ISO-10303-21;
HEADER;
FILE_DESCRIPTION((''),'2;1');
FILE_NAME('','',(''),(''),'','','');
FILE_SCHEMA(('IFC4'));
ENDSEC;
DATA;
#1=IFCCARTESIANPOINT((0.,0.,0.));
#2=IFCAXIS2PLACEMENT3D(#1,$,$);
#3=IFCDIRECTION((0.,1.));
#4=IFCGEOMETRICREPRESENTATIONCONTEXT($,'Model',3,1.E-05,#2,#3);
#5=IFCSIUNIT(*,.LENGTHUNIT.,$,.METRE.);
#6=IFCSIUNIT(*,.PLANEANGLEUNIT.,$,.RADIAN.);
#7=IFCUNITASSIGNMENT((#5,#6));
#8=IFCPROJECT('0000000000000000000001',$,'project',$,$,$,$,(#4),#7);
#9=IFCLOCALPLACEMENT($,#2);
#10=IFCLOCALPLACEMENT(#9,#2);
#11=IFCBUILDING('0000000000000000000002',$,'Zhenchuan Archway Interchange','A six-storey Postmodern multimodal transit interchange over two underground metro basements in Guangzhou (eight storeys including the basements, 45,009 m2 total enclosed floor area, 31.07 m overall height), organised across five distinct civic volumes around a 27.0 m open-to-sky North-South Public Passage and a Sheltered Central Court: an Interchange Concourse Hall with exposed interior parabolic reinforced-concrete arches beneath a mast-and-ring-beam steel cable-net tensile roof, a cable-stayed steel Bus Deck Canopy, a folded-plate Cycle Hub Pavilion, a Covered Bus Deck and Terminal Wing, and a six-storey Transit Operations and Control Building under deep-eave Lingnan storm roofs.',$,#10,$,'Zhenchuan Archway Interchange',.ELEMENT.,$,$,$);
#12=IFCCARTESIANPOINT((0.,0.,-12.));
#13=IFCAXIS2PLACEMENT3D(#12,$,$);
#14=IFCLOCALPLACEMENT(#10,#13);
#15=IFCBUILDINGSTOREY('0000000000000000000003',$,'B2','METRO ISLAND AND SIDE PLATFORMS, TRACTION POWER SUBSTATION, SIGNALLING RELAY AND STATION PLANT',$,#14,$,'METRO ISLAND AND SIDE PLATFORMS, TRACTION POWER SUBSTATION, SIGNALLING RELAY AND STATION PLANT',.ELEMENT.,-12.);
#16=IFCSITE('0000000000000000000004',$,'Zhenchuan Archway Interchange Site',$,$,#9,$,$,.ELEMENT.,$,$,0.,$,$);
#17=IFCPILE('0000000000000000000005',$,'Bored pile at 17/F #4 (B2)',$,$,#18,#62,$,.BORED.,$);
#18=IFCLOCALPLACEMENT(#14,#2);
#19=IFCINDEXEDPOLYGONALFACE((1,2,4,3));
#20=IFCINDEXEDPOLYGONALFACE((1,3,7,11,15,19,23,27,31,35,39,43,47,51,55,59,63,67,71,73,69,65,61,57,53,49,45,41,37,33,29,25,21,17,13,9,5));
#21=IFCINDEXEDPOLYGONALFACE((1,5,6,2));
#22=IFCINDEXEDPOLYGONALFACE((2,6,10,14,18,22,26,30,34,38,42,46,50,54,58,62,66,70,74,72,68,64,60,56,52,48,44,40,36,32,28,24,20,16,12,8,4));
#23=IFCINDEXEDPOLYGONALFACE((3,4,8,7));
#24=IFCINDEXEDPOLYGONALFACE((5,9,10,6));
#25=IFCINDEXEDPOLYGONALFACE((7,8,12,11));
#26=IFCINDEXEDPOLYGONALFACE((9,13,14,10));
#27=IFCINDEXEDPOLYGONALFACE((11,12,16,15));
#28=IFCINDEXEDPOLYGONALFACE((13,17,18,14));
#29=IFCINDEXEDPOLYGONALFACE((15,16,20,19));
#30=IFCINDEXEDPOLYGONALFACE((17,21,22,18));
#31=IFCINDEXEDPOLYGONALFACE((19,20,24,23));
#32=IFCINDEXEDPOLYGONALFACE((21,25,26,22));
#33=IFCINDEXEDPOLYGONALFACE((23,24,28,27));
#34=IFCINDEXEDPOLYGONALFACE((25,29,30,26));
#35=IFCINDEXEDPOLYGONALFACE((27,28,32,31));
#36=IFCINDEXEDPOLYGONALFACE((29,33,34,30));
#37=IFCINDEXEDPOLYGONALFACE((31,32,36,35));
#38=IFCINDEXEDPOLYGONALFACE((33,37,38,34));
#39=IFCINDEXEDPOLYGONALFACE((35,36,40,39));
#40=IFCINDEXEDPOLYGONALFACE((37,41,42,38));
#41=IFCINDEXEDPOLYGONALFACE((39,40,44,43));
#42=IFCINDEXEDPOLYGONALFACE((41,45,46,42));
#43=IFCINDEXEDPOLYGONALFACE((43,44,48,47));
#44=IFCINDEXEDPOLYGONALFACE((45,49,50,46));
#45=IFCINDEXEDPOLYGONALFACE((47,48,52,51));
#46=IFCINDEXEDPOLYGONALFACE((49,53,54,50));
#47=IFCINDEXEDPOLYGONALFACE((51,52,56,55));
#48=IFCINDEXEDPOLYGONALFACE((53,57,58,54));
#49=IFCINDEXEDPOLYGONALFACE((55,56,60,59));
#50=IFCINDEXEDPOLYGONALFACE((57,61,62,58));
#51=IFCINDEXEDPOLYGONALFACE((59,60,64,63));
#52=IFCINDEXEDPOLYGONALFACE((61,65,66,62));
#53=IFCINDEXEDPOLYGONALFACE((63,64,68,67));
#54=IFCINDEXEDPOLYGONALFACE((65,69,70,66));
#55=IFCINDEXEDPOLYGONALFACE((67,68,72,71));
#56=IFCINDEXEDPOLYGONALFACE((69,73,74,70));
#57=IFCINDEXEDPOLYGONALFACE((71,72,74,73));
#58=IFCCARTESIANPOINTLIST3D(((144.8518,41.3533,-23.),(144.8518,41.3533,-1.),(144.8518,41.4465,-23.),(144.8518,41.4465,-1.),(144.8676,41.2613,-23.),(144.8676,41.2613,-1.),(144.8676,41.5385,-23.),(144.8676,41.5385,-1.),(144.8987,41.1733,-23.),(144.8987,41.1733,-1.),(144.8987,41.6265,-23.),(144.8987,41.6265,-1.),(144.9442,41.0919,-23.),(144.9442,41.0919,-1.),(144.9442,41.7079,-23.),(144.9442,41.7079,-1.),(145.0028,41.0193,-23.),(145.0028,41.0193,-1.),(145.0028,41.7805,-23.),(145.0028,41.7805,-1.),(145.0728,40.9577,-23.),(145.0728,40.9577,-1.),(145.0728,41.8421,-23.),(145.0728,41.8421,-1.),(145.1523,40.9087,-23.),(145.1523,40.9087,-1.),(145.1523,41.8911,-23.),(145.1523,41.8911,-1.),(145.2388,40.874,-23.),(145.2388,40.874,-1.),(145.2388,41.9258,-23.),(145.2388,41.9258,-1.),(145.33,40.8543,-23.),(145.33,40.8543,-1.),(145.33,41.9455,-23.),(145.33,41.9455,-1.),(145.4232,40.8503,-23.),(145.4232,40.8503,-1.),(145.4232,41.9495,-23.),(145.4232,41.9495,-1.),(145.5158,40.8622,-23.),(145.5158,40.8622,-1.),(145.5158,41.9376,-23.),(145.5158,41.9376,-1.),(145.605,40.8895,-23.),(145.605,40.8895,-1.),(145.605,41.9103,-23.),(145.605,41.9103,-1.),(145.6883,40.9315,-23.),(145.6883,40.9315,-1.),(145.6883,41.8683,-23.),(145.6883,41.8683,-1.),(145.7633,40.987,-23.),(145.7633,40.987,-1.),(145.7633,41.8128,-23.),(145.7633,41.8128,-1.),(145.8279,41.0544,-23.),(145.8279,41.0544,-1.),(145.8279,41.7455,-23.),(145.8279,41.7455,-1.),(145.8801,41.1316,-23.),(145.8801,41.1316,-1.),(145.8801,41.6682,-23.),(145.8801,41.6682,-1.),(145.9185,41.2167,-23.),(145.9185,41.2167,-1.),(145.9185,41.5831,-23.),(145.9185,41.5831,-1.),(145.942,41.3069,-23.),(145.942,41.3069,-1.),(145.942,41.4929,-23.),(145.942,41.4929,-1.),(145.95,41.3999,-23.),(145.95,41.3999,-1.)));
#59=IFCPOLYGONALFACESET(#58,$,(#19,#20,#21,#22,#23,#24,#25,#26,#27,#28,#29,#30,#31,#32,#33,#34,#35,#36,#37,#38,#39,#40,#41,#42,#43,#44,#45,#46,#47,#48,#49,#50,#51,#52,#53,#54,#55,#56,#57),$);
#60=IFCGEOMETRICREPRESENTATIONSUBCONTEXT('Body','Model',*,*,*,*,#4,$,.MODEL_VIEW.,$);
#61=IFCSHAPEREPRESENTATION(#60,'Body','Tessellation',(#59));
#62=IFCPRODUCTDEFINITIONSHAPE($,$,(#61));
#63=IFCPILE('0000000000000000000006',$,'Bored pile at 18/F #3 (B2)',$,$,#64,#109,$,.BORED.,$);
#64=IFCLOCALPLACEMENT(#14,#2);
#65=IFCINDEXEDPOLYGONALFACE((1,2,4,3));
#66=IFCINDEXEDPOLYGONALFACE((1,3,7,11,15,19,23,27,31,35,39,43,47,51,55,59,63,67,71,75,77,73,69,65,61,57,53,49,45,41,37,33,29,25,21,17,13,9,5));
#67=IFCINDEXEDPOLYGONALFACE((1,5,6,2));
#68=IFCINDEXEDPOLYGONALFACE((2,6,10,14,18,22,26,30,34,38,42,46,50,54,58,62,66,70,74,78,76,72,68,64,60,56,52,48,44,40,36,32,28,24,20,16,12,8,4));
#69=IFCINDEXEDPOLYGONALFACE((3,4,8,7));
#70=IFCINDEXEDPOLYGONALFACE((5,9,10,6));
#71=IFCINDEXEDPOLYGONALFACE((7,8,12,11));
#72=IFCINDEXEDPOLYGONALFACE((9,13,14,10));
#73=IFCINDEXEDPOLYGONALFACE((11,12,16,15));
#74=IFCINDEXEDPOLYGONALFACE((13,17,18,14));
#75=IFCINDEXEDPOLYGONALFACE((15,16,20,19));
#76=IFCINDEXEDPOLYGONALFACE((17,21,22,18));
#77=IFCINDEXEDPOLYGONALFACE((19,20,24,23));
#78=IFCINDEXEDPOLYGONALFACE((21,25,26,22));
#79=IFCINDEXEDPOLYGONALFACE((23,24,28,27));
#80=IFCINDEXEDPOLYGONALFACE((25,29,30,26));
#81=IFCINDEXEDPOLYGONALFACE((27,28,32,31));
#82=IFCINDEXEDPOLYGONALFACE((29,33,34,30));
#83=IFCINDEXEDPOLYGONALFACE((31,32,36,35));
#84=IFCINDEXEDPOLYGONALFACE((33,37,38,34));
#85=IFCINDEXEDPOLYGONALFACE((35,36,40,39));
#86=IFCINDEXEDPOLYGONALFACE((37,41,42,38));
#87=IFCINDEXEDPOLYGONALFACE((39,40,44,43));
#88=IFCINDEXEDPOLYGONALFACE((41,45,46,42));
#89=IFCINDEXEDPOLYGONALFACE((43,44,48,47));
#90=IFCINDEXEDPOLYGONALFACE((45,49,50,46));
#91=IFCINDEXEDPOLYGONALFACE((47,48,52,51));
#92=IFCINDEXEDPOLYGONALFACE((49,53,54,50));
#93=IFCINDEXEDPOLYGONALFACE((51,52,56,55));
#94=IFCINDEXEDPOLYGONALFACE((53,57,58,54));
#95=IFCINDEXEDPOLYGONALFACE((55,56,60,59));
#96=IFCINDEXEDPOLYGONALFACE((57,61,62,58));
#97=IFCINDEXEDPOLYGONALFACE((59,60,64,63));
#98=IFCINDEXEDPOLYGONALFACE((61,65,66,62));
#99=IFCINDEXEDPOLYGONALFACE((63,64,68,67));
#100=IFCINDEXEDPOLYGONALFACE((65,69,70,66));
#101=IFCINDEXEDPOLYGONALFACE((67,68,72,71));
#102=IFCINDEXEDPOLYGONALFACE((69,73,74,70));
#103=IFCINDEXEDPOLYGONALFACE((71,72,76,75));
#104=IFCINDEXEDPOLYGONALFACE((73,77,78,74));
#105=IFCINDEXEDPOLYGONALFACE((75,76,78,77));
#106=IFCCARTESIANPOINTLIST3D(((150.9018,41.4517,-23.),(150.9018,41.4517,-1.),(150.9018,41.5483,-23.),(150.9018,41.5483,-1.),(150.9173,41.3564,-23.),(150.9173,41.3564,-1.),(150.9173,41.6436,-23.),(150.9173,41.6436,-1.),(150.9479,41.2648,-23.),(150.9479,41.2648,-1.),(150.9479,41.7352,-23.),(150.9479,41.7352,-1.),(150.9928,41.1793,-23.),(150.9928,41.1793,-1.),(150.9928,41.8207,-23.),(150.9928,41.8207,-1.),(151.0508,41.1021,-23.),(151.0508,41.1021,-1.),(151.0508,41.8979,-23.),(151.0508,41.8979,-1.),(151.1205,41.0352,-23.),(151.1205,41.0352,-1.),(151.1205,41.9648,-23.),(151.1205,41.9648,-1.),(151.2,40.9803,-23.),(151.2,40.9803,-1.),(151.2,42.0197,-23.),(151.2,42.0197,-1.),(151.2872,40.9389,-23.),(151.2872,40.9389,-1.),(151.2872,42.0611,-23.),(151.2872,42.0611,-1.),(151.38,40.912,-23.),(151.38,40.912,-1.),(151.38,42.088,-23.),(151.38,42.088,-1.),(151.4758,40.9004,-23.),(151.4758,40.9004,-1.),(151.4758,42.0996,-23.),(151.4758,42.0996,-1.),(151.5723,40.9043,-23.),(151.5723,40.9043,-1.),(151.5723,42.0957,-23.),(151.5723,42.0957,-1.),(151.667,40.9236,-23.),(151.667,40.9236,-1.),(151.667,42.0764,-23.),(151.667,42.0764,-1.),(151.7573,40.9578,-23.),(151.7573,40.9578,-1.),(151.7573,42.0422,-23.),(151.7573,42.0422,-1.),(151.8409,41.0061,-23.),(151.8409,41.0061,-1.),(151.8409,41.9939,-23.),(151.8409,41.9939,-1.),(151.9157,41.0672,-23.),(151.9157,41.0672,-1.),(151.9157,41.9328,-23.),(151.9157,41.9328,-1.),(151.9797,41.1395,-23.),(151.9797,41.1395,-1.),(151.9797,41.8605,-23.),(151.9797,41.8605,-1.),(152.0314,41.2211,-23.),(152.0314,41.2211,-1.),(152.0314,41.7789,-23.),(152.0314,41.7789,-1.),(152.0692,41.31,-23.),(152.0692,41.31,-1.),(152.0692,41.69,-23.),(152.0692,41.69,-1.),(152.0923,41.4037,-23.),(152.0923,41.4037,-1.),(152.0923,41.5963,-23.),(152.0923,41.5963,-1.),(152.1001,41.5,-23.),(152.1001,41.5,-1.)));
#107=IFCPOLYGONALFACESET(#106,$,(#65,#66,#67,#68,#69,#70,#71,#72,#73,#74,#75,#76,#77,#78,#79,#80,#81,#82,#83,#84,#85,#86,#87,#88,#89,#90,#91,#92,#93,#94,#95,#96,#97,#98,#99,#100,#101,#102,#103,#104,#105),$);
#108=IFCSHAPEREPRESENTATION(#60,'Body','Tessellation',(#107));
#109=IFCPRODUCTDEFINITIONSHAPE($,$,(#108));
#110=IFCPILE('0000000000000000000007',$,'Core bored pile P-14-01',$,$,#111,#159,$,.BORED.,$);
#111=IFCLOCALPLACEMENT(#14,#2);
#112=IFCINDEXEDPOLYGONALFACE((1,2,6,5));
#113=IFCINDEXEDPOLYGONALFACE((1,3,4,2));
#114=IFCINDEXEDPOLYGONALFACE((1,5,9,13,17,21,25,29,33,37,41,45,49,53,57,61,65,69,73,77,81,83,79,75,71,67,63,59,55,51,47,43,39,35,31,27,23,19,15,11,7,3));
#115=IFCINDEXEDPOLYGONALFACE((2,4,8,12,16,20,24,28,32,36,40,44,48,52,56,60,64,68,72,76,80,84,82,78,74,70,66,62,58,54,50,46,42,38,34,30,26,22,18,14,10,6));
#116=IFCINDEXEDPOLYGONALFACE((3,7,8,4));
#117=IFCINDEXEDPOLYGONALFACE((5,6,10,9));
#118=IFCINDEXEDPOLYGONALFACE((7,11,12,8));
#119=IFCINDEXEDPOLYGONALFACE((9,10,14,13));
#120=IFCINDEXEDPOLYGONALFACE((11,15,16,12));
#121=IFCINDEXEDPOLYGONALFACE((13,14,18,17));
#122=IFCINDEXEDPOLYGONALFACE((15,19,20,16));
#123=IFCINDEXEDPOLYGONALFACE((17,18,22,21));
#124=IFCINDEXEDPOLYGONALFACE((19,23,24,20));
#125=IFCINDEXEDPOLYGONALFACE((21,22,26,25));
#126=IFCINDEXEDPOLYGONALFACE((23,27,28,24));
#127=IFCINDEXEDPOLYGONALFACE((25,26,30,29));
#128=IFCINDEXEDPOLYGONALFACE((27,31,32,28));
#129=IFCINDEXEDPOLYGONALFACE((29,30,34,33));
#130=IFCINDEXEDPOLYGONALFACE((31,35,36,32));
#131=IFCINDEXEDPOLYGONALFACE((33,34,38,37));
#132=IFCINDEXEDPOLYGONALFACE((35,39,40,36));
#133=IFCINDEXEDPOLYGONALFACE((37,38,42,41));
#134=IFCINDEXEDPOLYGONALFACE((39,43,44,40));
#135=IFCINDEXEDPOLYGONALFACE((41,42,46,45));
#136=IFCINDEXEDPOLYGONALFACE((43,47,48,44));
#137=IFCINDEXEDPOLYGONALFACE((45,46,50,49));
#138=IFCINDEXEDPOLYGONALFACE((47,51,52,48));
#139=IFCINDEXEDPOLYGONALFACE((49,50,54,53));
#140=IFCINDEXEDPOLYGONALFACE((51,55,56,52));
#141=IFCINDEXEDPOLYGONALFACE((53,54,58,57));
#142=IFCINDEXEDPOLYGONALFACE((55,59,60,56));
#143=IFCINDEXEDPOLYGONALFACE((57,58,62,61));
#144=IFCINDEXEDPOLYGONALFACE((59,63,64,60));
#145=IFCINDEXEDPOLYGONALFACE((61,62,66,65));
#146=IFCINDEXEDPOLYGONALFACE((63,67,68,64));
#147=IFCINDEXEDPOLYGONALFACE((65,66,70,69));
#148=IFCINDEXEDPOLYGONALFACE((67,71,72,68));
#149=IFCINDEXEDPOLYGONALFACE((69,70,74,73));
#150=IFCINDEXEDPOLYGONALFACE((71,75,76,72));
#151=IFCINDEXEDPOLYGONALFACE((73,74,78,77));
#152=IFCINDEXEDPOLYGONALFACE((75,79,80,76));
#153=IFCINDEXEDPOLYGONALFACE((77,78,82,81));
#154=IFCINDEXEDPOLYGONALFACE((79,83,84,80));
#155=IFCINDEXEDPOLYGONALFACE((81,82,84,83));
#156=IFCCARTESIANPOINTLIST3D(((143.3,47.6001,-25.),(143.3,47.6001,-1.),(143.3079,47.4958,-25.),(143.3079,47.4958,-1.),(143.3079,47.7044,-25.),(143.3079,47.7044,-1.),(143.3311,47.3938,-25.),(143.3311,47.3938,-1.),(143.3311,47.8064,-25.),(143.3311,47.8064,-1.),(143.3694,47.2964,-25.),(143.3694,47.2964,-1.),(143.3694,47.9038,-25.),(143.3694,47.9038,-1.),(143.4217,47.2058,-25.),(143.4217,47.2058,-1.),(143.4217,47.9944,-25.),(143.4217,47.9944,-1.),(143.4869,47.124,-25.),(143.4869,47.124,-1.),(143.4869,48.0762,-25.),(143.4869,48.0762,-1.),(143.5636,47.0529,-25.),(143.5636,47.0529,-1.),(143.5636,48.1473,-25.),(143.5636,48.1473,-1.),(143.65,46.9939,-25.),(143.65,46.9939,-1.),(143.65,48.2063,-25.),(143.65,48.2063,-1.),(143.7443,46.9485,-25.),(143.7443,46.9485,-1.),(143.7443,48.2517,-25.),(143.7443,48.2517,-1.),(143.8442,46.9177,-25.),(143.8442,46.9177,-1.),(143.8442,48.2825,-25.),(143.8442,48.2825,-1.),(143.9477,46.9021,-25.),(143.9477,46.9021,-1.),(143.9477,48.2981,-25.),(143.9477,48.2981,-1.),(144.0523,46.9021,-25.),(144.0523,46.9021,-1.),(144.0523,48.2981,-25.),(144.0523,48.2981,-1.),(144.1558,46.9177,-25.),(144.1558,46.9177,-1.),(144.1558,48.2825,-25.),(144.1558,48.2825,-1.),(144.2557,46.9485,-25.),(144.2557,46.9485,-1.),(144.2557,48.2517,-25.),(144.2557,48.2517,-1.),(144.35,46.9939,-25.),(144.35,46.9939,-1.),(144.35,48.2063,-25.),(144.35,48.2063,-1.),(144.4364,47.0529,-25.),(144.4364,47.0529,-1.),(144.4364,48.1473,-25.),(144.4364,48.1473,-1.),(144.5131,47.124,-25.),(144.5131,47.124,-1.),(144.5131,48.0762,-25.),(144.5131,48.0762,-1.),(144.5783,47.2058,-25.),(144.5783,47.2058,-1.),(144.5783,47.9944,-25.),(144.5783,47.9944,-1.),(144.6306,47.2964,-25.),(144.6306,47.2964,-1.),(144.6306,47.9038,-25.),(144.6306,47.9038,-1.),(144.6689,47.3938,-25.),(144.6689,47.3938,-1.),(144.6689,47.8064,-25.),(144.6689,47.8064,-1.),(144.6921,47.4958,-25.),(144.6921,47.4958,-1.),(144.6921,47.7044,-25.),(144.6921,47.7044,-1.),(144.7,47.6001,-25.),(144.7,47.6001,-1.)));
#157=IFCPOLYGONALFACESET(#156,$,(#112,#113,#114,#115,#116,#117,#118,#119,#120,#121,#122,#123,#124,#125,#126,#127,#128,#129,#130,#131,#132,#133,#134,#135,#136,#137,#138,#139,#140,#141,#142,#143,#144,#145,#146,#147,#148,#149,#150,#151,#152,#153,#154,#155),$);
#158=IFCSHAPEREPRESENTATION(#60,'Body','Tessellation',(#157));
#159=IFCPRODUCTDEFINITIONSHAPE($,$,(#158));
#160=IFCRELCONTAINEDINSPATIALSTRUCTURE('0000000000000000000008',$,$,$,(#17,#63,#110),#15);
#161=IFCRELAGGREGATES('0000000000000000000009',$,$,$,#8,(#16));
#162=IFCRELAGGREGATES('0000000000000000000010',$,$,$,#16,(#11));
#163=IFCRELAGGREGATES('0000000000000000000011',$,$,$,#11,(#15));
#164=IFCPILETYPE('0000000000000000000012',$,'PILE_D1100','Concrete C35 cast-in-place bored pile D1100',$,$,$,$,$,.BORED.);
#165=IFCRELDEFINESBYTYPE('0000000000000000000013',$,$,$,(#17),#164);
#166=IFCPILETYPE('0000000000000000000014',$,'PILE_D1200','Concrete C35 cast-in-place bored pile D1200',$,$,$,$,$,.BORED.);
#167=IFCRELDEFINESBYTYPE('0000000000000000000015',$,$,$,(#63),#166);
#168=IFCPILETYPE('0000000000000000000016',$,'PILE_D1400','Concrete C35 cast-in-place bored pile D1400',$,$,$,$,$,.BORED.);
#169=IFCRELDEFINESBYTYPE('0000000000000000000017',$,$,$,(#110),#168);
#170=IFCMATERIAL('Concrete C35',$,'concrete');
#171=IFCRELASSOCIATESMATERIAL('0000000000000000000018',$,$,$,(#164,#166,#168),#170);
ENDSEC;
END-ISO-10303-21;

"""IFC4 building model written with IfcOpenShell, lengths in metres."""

from ifc_helpers import new_model, si_unit, direction, frame, origin, origin_2d, place, context, subcontext, project, spatial, circle, extrude, material, material_profile, profile_set, type_object, element, save


model = new_model("IFC4")

# Units and contexts
model_context = context("Model", 3, precision=1e-05, world=origin(), true_north=direction((0.0, 1.0)))
body_context = subcontext(model_context, "Body", "Model", "MODEL_VIEW")
ifc_project = project(units=[si_unit("LENGTHUNIT", "METRE"), si_unit("PLANEANGLEUNIT", "RADIAN")], contexts=[model_context])

# Site, building, storey
site_placement = place(None, origin())
site = spatial("IfcSite", under=ifc_project, at=site_placement, Name="Zhenchuan Archway Interchange Site", CompositionType="ELEMENT", RefElevation=0.0)
building_placement = place(site_placement, origin())
building = spatial("IfcBuilding", under=site, at=building_placement, Name="Zhenchuan Archway Interchange", Description="A six-storey Postmodern multimodal transit interchange over two underground metro basements in Guangzhou (eight storeys including the basements, 45,009 m2 total enclosed floor area, 31.07 m overall height), organised across five distinct civic volumes around a 27.0 m open-to-sky North-South Public Passage and a Sheltered Central Court: an Interchange Concourse Hall with exposed interior parabolic reinforced-concrete arches beneath a mast-and-ring-beam steel cable-net tensile roof, a cable-stayed steel Bus Deck Canopy, a folded-plate Cycle Hub Pavilion, a Covered Bus Deck and Terminal Wing, and a six-storey Transit Operations and Control Building under deep-eave Lingnan storm roofs.", LongName="Zhenchuan Archway Interchange", CompositionType="ELEMENT")
storey_placement = place(building_placement, frame((0.0, 0.0, -12.0)))
storey = spatial("IfcBuildingStorey", under=building, at=storey_placement, Name="B2", Description="METRO ISLAND AND SIDE PLATFORMS, TRACTION POWER SUBSTATION, SIGNALLING RELAY AND STATION PLANT", LongName="METRO ISLAND AND SIDE PLATFORMS, TRACTION POWER SUBSTATION, SIGNALLING RELAY AND STATION PLANT", CompositionType="ELEMENT", Elevation=-12.0)

# Piles
ifc_material_1 = material(Name="Concrete C35", Category="concrete")
ifc_material_profile_1 = material_profile(ifc_material_1, circle(Radius=0.55, at=origin_2d()), Name="BORED PILE 1100")
ifc_profile_set_1 = profile_set([ifc_material_profile_1], Name="Concrete C35")
pile_type_1 = type_object("IfcPileType", Name="PILE_D1100", Description="Concrete C35 cast-in-place bored pile D1100", PredefinedType="BORED", material=ifc_profile_set_1)
pile_1_placement = place(storey_placement, frame((145.3999, 41.3999, -1.0), z_axis=(0.0, 0.0, -1.0), x_axis=(1.0, 0.0, 0.0)))
element("IfcPile", 1, at=pile_1_placement, inside=storey, type_object=pile_type_1, Name="Bored pile at 17/F #4 (B2)", PredefinedType="BORED", context=body_context, shape_type="SweptSolid", body=[
    extrude(circle(Radius=0.55, at=origin_2d()), origin(), (0.0, 0.0, 1.0), 22.0),
])
ifc_material_profile_2 = material_profile(ifc_material_1, circle(Radius=0.6001, at=origin_2d()), Name="BORED PILE 1200")
ifc_profile_set_2 = profile_set([ifc_material_profile_2], Name="Concrete C35")
pile_type_2 = type_object("IfcPileType", Name="PILE_D1200", Description="Concrete C35 cast-in-place bored pile D1200", PredefinedType="BORED", material=ifc_profile_set_2)
pile_2_placement = place(storey_placement, frame((151.5, 41.5, -1.0), z_axis=(0.0, 0.0, -1.0), x_axis=(1.0, 0.0, 0.0)))
element("IfcPile", 2, at=pile_2_placement, inside=storey, type_object=pile_type_2, Name="Bored pile at 18/F #3 (B2)", PredefinedType="BORED", context=body_context, shape_type="SweptSolid", body=[
    extrude(circle(Radius=0.6001, at=origin_2d()), origin(), (0.0, 0.0, 1.0), 22.0),
])
ifc_material_profile_3 = material_profile(ifc_material_1, circle(Radius=0.7, at=origin_2d()), Name="BORED PILE 1400")
ifc_profile_set_3 = profile_set([ifc_material_profile_3], Name="Concrete C35")
pile_type_3 = type_object("IfcPileType", Name="PILE_D1400", Description="Concrete C35 cast-in-place bored pile D1400", PredefinedType="BORED", material=ifc_profile_set_3)
for number, where, z_axis, x_axis, name in (
    (3, (144.0, 47.6001, -1.0), (0.0, 0.0, -1.0), (1.0, 0.0, 0.0), "Core bored pile P-14-01"),
):
    element("IfcPile", number, at=place(storey_placement, frame(where, z_axis=z_axis, x_axis=x_axis)), inside=storey, type_object=pile_type_3, Name=name, PredefinedType="BORED", context=body_context, shape_type="SweptSolid", body=[
        extrude(circle(Radius=0.7, at=origin_2d()), origin(), (0.0, 0.0, 1.0), 24.0),
    ])

save(model, "model.ifc")
